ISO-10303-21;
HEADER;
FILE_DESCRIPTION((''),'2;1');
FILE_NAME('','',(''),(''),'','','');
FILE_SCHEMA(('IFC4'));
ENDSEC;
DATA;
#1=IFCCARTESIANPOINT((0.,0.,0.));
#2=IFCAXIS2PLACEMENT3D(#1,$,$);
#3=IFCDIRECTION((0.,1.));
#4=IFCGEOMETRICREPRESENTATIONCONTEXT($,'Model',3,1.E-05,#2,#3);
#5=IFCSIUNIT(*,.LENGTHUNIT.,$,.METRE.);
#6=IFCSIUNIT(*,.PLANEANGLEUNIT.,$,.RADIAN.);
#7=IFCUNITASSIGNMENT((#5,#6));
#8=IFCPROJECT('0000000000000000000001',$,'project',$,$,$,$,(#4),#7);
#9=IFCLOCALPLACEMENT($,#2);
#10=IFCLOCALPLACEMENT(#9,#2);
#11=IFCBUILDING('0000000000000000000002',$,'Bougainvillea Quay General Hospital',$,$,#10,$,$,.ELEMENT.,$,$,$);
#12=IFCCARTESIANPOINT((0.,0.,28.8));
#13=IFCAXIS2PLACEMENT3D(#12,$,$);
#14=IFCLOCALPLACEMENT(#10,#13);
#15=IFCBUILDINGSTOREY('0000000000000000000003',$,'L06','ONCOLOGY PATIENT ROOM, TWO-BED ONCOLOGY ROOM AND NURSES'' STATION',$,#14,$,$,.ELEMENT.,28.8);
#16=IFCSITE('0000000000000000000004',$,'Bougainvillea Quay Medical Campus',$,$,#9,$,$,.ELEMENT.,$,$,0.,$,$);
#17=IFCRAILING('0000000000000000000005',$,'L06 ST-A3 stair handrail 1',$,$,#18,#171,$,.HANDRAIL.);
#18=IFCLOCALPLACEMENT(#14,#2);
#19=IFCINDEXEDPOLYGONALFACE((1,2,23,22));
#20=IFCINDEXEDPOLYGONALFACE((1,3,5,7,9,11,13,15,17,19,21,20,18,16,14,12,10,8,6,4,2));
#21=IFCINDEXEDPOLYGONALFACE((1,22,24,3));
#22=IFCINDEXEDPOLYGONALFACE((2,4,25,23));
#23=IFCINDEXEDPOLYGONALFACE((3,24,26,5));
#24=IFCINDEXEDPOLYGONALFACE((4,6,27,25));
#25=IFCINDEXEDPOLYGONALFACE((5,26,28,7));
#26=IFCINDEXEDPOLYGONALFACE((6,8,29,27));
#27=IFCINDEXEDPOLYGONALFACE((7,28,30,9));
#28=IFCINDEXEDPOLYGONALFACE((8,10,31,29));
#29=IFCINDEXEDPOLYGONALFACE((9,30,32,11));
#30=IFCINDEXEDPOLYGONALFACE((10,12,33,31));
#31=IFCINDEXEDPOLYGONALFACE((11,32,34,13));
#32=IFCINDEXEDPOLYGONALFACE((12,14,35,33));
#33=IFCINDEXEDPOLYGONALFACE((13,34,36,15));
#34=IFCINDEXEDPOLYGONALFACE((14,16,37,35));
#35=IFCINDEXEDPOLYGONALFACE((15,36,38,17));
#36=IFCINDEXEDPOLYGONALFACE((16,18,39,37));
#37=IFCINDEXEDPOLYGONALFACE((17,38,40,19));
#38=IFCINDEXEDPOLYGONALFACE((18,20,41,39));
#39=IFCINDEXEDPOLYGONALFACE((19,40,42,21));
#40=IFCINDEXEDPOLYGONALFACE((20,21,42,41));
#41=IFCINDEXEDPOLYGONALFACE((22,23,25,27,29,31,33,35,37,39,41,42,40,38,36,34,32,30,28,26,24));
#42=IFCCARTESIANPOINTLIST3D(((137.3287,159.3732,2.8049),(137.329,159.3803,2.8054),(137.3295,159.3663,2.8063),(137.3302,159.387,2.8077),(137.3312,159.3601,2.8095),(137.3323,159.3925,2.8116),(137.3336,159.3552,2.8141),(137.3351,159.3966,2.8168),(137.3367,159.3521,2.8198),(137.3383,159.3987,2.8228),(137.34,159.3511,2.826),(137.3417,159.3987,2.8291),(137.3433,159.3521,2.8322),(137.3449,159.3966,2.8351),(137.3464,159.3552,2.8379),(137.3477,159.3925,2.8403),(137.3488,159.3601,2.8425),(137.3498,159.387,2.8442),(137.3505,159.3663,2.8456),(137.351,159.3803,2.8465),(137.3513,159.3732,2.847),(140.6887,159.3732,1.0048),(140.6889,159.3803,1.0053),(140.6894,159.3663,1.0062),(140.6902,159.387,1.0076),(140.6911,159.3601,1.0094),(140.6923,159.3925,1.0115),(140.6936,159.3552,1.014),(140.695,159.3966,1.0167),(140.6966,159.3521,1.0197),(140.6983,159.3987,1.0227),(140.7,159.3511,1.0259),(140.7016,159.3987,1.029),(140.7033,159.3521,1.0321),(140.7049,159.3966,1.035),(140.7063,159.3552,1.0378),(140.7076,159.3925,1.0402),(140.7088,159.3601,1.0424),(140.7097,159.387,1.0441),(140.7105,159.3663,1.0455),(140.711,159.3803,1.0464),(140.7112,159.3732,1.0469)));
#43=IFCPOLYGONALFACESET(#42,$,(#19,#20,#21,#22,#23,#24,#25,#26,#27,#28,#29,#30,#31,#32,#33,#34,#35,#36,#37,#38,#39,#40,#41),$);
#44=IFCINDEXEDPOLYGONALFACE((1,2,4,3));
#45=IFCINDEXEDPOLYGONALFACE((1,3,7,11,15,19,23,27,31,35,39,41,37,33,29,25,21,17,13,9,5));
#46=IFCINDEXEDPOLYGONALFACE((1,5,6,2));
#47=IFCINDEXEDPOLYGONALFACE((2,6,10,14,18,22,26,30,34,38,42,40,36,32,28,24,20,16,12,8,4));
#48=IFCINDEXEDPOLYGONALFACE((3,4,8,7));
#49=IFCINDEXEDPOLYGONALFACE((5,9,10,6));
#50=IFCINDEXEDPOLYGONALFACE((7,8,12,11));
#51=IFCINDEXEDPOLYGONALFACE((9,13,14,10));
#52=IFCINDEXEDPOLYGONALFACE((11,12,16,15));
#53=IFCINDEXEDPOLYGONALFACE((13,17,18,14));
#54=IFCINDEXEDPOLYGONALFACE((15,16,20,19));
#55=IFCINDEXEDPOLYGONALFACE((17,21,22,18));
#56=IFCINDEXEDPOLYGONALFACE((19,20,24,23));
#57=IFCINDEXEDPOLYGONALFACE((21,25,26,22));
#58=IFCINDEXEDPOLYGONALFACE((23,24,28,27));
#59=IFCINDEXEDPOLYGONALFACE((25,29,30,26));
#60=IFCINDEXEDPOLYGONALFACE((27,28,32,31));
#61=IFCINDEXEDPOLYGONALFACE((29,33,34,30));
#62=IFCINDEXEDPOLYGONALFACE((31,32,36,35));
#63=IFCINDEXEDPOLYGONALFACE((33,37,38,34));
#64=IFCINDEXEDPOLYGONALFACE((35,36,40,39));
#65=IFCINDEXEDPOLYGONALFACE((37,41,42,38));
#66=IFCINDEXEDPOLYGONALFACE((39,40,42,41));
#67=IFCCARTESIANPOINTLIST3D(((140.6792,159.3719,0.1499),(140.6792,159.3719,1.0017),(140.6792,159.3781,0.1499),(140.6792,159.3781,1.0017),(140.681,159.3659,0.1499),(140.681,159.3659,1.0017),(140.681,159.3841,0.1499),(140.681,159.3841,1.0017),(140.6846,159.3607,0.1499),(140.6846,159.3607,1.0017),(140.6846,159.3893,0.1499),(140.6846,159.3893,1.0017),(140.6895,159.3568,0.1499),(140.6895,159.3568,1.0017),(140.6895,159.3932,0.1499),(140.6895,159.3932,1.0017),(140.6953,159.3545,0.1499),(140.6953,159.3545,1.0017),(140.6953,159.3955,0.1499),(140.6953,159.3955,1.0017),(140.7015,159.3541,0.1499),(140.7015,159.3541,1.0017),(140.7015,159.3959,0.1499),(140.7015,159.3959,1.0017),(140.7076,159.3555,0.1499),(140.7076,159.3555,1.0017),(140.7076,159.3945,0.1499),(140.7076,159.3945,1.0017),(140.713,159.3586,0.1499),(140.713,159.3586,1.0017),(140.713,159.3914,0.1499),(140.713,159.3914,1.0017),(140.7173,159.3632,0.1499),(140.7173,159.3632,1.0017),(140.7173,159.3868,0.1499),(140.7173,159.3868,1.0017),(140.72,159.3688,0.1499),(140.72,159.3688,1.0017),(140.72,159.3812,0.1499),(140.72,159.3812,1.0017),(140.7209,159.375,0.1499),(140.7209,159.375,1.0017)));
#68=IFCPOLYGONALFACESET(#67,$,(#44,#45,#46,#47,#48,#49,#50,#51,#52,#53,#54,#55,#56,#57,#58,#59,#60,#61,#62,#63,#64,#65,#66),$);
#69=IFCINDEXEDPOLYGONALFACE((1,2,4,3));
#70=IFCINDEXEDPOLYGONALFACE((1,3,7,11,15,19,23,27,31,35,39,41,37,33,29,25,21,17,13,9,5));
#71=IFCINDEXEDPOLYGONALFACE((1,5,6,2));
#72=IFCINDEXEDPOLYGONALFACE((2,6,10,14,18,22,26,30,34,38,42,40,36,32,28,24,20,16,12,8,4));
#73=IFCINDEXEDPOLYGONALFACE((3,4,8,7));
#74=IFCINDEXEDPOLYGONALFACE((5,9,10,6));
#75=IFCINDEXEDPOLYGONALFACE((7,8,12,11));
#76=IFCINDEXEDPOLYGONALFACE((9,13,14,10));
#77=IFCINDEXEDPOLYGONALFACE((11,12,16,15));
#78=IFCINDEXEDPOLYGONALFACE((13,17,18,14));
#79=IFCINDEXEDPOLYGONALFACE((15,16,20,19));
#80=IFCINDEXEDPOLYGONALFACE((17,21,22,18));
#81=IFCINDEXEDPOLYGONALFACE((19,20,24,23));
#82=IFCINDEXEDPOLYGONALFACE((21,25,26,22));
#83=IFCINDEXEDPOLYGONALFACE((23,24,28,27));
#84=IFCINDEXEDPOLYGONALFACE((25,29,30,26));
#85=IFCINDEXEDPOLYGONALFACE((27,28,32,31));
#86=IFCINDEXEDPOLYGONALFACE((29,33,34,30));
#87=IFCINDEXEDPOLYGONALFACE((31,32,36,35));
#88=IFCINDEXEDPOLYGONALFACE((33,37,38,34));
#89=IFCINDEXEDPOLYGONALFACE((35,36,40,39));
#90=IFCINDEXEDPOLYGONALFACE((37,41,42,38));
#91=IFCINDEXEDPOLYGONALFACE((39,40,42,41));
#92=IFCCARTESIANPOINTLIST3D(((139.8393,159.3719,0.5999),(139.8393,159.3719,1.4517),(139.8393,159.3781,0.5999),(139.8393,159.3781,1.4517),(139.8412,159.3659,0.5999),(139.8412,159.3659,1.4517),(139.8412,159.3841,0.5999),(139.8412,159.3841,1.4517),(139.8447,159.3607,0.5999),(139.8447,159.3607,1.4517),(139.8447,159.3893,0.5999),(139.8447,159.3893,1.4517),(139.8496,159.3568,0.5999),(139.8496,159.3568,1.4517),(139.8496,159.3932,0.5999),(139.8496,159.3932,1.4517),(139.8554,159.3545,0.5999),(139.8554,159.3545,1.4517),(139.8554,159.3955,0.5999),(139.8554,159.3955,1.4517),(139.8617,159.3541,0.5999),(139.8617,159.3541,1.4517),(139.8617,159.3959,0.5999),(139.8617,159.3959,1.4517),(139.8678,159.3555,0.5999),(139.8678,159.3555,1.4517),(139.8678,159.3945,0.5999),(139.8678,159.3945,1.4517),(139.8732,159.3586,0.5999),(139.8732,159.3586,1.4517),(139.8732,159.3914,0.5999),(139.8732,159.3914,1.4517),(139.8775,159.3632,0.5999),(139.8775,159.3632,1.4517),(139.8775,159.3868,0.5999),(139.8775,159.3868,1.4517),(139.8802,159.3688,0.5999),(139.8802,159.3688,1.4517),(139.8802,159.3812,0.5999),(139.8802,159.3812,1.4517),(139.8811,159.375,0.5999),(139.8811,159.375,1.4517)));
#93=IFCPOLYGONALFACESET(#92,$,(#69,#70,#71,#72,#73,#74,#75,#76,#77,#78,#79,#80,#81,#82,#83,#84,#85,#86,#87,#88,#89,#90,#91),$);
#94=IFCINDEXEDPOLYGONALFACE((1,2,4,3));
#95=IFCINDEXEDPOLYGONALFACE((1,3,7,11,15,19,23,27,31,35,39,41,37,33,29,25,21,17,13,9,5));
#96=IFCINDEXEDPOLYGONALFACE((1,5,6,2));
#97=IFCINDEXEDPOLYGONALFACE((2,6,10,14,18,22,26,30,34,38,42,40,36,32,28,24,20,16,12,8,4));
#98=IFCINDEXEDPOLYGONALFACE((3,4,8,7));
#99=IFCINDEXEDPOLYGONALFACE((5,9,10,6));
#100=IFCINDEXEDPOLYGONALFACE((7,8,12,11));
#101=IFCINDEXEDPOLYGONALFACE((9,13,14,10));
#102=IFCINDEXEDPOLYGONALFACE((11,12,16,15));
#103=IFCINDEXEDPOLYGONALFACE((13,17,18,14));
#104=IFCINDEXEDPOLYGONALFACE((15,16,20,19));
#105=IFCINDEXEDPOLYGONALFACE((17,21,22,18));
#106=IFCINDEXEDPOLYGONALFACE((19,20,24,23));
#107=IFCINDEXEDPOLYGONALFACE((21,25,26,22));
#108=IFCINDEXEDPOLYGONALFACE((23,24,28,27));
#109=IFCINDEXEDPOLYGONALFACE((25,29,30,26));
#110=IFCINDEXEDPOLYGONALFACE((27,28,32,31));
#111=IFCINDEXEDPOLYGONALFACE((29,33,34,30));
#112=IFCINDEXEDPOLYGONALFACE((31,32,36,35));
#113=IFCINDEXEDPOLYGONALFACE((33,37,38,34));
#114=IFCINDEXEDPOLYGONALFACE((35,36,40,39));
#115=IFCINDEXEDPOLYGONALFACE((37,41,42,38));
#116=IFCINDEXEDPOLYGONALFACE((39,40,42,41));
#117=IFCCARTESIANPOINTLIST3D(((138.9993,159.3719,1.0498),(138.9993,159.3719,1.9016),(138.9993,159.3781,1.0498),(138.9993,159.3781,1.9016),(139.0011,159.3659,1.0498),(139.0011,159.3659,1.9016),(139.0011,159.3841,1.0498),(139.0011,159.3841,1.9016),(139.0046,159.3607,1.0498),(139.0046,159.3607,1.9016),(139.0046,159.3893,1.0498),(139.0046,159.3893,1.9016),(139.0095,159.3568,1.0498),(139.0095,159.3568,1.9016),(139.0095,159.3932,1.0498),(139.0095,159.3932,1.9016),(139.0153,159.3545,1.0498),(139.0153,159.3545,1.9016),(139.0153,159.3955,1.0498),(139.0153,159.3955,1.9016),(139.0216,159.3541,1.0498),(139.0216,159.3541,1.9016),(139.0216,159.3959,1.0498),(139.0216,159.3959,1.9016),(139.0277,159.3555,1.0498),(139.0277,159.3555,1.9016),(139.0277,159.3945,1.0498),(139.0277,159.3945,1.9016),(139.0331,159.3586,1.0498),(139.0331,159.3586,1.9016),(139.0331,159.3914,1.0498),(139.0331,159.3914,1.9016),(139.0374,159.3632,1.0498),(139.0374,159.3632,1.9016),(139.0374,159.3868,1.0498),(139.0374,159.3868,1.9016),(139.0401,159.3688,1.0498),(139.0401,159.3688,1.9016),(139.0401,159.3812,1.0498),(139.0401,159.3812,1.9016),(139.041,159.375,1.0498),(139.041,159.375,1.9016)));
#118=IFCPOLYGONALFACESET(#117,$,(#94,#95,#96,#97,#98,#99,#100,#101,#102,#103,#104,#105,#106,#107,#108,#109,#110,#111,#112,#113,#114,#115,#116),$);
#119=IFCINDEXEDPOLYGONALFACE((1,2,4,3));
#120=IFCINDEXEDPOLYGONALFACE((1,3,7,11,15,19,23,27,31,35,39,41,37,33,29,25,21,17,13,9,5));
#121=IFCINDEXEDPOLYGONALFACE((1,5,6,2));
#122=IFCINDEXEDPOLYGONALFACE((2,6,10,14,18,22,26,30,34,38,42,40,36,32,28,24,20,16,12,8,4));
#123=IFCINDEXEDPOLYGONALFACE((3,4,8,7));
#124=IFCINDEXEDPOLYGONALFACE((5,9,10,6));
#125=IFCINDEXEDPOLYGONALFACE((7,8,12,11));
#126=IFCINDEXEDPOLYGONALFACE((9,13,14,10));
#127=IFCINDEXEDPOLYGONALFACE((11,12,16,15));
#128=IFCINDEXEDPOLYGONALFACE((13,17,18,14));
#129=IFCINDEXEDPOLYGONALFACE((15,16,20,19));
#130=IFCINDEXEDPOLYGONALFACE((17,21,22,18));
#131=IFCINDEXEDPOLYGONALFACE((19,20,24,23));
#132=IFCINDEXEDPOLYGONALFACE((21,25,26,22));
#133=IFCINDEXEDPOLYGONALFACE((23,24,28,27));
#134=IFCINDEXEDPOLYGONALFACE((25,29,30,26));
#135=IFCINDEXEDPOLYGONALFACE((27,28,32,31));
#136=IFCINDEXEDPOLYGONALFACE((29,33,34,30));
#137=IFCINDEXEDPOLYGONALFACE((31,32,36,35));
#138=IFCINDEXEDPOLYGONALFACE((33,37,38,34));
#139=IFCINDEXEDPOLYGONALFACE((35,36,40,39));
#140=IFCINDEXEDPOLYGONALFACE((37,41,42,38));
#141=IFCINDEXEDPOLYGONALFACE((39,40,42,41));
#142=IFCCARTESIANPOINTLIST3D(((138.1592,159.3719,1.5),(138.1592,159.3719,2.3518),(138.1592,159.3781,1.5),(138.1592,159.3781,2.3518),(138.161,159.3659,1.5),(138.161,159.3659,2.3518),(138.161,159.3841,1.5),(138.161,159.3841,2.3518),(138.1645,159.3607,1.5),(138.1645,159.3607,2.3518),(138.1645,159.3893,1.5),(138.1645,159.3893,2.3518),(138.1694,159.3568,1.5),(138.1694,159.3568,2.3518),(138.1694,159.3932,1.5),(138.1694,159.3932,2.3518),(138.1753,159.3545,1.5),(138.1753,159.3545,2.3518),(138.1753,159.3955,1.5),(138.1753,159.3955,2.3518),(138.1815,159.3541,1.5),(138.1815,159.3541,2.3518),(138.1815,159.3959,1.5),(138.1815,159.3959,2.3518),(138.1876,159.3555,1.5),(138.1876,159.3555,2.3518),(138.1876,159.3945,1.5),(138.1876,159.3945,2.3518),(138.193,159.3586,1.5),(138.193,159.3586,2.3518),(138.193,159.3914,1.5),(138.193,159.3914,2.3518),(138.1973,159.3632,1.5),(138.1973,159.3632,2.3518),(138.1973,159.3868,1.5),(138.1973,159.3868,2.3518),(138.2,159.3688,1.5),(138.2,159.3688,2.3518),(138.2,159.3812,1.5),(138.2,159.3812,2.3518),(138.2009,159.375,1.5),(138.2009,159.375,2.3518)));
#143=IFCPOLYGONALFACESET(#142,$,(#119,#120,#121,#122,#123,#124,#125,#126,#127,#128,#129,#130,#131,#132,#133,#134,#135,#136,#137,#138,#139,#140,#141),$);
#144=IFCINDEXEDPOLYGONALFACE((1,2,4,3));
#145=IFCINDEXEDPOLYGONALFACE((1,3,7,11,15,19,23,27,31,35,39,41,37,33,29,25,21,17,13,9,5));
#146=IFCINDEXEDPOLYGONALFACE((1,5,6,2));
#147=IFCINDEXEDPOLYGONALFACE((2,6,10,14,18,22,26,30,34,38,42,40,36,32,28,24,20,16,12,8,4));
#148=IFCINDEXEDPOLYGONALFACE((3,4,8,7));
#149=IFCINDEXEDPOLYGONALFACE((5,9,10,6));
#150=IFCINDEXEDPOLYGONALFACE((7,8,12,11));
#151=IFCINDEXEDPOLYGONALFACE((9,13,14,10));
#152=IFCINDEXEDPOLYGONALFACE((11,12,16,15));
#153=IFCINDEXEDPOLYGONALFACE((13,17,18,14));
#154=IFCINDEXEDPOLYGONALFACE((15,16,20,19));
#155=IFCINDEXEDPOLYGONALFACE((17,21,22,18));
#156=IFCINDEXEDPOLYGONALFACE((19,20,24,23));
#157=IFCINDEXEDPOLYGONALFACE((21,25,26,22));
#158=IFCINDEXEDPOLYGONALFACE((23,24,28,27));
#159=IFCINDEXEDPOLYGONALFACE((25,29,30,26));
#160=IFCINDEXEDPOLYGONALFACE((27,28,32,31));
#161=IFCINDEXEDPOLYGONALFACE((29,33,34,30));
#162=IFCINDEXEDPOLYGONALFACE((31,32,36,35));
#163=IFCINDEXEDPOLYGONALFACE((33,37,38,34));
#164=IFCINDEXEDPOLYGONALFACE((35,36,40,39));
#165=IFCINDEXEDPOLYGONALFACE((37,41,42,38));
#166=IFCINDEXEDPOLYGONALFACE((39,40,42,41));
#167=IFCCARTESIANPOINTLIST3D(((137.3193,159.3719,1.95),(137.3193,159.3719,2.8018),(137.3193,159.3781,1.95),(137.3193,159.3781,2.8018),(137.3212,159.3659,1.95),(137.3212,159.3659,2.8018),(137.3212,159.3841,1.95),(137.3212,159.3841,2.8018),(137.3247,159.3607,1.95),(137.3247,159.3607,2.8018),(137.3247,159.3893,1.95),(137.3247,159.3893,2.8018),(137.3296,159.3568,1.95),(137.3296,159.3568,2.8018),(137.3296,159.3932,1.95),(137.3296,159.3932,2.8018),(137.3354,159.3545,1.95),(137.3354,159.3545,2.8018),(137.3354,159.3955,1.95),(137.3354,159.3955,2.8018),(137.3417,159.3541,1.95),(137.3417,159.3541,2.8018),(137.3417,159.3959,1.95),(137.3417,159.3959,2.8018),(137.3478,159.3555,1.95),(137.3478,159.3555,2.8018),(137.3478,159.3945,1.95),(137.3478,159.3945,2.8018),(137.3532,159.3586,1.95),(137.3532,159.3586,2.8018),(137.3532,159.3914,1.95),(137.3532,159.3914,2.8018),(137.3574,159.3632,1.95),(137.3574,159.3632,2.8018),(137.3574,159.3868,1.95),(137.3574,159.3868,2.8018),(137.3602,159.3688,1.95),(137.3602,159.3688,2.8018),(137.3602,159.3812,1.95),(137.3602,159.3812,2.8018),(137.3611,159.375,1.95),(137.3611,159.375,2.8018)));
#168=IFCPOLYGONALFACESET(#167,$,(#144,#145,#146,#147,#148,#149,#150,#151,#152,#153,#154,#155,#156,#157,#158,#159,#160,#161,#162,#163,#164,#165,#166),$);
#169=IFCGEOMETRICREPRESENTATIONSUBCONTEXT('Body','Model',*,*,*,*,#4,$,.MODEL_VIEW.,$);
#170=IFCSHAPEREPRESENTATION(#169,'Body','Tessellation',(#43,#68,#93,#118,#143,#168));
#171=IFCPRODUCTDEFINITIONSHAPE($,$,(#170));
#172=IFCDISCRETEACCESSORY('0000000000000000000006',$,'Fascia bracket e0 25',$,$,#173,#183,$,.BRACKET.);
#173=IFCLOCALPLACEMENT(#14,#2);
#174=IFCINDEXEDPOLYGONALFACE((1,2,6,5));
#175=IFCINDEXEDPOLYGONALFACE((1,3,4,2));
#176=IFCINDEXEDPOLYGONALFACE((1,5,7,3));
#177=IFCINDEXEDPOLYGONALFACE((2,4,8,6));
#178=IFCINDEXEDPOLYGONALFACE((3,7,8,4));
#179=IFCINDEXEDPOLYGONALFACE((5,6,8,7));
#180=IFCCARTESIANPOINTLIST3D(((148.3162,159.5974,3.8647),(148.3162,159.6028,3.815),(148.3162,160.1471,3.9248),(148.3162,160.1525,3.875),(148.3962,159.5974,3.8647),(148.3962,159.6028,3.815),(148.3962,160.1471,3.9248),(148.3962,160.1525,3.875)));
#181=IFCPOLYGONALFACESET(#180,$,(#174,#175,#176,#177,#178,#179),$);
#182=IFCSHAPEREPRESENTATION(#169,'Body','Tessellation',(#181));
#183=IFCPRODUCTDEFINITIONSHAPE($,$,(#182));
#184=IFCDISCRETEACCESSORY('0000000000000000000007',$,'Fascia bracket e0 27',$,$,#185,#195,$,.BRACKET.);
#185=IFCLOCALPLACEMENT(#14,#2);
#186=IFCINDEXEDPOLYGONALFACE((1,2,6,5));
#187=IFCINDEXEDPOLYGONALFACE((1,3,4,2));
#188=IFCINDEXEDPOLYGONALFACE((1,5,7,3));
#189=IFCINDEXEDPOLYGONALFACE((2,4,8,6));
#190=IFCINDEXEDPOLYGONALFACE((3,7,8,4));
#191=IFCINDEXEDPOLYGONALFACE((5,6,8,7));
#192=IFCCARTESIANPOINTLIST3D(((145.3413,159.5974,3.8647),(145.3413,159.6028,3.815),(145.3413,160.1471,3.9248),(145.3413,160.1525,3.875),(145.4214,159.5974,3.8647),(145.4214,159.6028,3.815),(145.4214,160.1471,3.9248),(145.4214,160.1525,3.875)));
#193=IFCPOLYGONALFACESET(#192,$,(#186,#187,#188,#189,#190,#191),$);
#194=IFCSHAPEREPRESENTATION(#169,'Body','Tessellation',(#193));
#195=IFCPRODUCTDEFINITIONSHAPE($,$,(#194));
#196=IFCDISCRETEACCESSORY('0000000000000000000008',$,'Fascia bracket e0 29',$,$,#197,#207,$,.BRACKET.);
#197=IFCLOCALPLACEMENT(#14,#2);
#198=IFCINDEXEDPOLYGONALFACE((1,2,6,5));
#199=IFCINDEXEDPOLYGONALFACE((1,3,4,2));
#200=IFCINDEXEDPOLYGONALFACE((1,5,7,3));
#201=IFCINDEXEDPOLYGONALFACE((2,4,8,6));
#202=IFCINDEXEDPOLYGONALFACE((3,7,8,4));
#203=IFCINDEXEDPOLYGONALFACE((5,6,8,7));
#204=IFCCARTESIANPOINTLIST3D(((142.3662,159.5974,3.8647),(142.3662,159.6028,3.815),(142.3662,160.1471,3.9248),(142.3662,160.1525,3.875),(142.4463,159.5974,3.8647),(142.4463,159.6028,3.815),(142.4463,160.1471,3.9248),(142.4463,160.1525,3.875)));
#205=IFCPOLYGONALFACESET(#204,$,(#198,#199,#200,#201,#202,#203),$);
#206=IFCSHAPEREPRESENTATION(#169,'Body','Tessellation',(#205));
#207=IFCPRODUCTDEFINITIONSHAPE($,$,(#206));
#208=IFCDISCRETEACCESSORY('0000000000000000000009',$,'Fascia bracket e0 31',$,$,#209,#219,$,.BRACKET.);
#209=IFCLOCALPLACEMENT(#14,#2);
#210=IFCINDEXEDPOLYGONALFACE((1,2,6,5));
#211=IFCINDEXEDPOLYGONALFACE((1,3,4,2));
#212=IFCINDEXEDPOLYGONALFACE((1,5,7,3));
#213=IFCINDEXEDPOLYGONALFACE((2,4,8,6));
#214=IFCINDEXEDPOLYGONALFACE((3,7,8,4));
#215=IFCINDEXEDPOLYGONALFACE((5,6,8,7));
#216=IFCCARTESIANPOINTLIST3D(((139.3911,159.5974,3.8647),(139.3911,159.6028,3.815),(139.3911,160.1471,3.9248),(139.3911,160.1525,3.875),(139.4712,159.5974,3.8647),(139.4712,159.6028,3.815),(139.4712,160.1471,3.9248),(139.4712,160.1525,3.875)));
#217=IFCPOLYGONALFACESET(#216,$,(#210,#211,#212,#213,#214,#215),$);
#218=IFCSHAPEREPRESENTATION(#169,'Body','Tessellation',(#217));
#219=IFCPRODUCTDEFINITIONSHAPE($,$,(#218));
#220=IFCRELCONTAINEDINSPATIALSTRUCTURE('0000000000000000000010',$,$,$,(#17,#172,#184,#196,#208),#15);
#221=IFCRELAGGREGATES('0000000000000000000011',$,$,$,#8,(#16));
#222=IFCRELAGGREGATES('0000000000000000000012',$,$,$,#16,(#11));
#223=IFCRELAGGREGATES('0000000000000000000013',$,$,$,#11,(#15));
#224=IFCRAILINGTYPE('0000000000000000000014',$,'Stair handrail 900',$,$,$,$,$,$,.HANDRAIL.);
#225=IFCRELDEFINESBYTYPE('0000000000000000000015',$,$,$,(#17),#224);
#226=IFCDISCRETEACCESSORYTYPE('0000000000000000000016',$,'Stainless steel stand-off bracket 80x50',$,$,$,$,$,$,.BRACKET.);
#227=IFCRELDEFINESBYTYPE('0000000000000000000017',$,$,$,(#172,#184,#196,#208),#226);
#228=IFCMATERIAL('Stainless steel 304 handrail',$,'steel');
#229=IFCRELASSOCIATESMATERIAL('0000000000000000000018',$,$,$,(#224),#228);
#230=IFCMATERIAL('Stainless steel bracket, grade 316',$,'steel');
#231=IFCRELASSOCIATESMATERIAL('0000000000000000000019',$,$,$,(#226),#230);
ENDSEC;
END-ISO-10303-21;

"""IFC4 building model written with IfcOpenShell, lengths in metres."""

from ifc_helpers import new_model, si_unit, direction, frame, origin, origin_2d, place, context, subcontext, project, spatial, rectangle, circle, extrude, material, material_profile, profile_set, type_object, element, save


model = new_model("IFC4")

# Units and contexts
model_context = context("Model", 3, precision=1e-05, world=origin(), true_north=direction((0.0, 1.0)))
body_context = subcontext(model_context, "Body", "Model", "MODEL_VIEW")
ifc_project = project(units=[si_unit("LENGTHUNIT", "METRE"), si_unit("PLANEANGLEUNIT", "RADIAN")], contexts=[model_context])

# Site, building, storey
site_placement = place(None, origin())
site = spatial("IfcSite", under=ifc_project, at=site_placement, Name="Bougainvillea Quay Medical Campus", CompositionType="ELEMENT", RefElevation=0.0)
building_placement = place(site_placement, origin())
building = spatial("IfcBuilding", under=site, at=building_placement, Name="Bougainvillea Quay General Hospital", CompositionType="ELEMENT")
storey_placement = place(building_placement, frame((0.0, 0.0, 28.8)))
storey = spatial("IfcBuildingStorey", under=building, at=storey_placement, Name="L06", Description="ONCOLOGY PATIENT ROOM, TWO-BED ONCOLOGY ROOM AND NURSES' STATION", CompositionType="ELEMENT", Elevation=28.8)

# Railing
ifc_material_1 = material(Name="Stainless steel 304 handrail", Category="steel")
railing_type = type_object("IfcRailingType", Name="Stair handrail 900", PredefinedType="HANDRAIL", material=ifc_material_1)
railing_placement = place(storey_placement, frame((140.7, 159.375, 0.1499)))
element("IfcRailing", 1, at=railing_placement, inside=storey, type_object=railing_type, Name="L06 ST-A3 stair handrail 1", PredefinedType="HANDRAIL", context=body_context, shape_type="SweptSolid", body=[
    extrude(circle(Radius=0.0239, at=origin_2d()), frame((0.0, 0.0, 0.876), z_axis=(-0.881467, 0.0, 0.472246), x_axis=(0.0, -1.0, 0.0)), (0.0, 0.0, 1.0), 3.8118),
    extrude(circle(Radius=0.021, at=origin_2d()), origin(), (0.0, 0.0, 1.0), 0.8518),
    extrude(circle(Radius=0.021, at=origin_2d()), frame((-0.8398, 0.0, 0.45)), (0.0, 0.0, 1.0), 0.8518),
    extrude(circle(Radius=0.021, at=origin_2d()), frame((-1.6799, 0.0, 0.8999)), (0.0, 0.0, 1.0), 0.8518),
    extrude(circle(Radius=0.021, at=origin_2d()), frame((-2.52, 0.0, 1.3501)), (0.0, 0.0, 1.0), 0.8518),
    extrude(circle(Radius=0.021, at=origin_2d()), frame((-3.3599, 0.0, 1.8)), (0.0, 0.0, 1.0), 0.8518),
])

# Discrete accessories
ifc_material_2 = material(Name="Stainless steel bracket, grade 316", Category="steel")
ifc_material_profile_1 = material_profile(ifc_material_2, rectangle(XDim=0.0801, YDim=0.05, at=origin_2d()))
ifc_profile_set_1 = profile_set([ifc_material_profile_1], Name="Stainless steel bracket, grade 316")
discrete_accessory_type = type_object("IfcDiscreteAccessoryType", Name="Stainless steel stand-off bracket 80x50", PredefinedType="BRACKET", material=ifc_profile_set_1)
for number, where, z_axis, x_axis, name in (
    (2, (148.3562, 159.6001, 3.8398), (0.0, 0.994087, 0.10859), (-1.0, 0.0, 0.0), "Fascia bracket e0 25"),
    (3, (145.3813, 159.6001, 3.8398), (0.0, 0.994087, 0.10859), (-1.0, 0.0, 0.0), "Fascia bracket e0 27"),
    (4, (142.4062, 159.6001, 3.8398), (0.0, 0.994087, 0.10859), (-1.0, 0.0, 0.0), "Fascia bracket e0 29"),
    (5, (139.4312, 159.6001, 3.8398), (0.0, 0.994087, 0.10859), (-1.0, 0.0, 0.0), "Fascia bracket e0 31"),
):
    element("IfcDiscreteAccessory", number, at=place(storey_placement, frame(where, z_axis=z_axis, x_axis=x_axis)), inside=storey, type_object=discrete_accessory_type, Name=name, PredefinedType="BRACKET", context=body_context, shape_type="SweptSolid", body=[
        extrude(rectangle(XDim=0.0801, YDim=0.05, at=origin_2d()), origin(), (0.0, 0.0, 1.0), 0.553),
    ])

save(model, "model.ifc")
